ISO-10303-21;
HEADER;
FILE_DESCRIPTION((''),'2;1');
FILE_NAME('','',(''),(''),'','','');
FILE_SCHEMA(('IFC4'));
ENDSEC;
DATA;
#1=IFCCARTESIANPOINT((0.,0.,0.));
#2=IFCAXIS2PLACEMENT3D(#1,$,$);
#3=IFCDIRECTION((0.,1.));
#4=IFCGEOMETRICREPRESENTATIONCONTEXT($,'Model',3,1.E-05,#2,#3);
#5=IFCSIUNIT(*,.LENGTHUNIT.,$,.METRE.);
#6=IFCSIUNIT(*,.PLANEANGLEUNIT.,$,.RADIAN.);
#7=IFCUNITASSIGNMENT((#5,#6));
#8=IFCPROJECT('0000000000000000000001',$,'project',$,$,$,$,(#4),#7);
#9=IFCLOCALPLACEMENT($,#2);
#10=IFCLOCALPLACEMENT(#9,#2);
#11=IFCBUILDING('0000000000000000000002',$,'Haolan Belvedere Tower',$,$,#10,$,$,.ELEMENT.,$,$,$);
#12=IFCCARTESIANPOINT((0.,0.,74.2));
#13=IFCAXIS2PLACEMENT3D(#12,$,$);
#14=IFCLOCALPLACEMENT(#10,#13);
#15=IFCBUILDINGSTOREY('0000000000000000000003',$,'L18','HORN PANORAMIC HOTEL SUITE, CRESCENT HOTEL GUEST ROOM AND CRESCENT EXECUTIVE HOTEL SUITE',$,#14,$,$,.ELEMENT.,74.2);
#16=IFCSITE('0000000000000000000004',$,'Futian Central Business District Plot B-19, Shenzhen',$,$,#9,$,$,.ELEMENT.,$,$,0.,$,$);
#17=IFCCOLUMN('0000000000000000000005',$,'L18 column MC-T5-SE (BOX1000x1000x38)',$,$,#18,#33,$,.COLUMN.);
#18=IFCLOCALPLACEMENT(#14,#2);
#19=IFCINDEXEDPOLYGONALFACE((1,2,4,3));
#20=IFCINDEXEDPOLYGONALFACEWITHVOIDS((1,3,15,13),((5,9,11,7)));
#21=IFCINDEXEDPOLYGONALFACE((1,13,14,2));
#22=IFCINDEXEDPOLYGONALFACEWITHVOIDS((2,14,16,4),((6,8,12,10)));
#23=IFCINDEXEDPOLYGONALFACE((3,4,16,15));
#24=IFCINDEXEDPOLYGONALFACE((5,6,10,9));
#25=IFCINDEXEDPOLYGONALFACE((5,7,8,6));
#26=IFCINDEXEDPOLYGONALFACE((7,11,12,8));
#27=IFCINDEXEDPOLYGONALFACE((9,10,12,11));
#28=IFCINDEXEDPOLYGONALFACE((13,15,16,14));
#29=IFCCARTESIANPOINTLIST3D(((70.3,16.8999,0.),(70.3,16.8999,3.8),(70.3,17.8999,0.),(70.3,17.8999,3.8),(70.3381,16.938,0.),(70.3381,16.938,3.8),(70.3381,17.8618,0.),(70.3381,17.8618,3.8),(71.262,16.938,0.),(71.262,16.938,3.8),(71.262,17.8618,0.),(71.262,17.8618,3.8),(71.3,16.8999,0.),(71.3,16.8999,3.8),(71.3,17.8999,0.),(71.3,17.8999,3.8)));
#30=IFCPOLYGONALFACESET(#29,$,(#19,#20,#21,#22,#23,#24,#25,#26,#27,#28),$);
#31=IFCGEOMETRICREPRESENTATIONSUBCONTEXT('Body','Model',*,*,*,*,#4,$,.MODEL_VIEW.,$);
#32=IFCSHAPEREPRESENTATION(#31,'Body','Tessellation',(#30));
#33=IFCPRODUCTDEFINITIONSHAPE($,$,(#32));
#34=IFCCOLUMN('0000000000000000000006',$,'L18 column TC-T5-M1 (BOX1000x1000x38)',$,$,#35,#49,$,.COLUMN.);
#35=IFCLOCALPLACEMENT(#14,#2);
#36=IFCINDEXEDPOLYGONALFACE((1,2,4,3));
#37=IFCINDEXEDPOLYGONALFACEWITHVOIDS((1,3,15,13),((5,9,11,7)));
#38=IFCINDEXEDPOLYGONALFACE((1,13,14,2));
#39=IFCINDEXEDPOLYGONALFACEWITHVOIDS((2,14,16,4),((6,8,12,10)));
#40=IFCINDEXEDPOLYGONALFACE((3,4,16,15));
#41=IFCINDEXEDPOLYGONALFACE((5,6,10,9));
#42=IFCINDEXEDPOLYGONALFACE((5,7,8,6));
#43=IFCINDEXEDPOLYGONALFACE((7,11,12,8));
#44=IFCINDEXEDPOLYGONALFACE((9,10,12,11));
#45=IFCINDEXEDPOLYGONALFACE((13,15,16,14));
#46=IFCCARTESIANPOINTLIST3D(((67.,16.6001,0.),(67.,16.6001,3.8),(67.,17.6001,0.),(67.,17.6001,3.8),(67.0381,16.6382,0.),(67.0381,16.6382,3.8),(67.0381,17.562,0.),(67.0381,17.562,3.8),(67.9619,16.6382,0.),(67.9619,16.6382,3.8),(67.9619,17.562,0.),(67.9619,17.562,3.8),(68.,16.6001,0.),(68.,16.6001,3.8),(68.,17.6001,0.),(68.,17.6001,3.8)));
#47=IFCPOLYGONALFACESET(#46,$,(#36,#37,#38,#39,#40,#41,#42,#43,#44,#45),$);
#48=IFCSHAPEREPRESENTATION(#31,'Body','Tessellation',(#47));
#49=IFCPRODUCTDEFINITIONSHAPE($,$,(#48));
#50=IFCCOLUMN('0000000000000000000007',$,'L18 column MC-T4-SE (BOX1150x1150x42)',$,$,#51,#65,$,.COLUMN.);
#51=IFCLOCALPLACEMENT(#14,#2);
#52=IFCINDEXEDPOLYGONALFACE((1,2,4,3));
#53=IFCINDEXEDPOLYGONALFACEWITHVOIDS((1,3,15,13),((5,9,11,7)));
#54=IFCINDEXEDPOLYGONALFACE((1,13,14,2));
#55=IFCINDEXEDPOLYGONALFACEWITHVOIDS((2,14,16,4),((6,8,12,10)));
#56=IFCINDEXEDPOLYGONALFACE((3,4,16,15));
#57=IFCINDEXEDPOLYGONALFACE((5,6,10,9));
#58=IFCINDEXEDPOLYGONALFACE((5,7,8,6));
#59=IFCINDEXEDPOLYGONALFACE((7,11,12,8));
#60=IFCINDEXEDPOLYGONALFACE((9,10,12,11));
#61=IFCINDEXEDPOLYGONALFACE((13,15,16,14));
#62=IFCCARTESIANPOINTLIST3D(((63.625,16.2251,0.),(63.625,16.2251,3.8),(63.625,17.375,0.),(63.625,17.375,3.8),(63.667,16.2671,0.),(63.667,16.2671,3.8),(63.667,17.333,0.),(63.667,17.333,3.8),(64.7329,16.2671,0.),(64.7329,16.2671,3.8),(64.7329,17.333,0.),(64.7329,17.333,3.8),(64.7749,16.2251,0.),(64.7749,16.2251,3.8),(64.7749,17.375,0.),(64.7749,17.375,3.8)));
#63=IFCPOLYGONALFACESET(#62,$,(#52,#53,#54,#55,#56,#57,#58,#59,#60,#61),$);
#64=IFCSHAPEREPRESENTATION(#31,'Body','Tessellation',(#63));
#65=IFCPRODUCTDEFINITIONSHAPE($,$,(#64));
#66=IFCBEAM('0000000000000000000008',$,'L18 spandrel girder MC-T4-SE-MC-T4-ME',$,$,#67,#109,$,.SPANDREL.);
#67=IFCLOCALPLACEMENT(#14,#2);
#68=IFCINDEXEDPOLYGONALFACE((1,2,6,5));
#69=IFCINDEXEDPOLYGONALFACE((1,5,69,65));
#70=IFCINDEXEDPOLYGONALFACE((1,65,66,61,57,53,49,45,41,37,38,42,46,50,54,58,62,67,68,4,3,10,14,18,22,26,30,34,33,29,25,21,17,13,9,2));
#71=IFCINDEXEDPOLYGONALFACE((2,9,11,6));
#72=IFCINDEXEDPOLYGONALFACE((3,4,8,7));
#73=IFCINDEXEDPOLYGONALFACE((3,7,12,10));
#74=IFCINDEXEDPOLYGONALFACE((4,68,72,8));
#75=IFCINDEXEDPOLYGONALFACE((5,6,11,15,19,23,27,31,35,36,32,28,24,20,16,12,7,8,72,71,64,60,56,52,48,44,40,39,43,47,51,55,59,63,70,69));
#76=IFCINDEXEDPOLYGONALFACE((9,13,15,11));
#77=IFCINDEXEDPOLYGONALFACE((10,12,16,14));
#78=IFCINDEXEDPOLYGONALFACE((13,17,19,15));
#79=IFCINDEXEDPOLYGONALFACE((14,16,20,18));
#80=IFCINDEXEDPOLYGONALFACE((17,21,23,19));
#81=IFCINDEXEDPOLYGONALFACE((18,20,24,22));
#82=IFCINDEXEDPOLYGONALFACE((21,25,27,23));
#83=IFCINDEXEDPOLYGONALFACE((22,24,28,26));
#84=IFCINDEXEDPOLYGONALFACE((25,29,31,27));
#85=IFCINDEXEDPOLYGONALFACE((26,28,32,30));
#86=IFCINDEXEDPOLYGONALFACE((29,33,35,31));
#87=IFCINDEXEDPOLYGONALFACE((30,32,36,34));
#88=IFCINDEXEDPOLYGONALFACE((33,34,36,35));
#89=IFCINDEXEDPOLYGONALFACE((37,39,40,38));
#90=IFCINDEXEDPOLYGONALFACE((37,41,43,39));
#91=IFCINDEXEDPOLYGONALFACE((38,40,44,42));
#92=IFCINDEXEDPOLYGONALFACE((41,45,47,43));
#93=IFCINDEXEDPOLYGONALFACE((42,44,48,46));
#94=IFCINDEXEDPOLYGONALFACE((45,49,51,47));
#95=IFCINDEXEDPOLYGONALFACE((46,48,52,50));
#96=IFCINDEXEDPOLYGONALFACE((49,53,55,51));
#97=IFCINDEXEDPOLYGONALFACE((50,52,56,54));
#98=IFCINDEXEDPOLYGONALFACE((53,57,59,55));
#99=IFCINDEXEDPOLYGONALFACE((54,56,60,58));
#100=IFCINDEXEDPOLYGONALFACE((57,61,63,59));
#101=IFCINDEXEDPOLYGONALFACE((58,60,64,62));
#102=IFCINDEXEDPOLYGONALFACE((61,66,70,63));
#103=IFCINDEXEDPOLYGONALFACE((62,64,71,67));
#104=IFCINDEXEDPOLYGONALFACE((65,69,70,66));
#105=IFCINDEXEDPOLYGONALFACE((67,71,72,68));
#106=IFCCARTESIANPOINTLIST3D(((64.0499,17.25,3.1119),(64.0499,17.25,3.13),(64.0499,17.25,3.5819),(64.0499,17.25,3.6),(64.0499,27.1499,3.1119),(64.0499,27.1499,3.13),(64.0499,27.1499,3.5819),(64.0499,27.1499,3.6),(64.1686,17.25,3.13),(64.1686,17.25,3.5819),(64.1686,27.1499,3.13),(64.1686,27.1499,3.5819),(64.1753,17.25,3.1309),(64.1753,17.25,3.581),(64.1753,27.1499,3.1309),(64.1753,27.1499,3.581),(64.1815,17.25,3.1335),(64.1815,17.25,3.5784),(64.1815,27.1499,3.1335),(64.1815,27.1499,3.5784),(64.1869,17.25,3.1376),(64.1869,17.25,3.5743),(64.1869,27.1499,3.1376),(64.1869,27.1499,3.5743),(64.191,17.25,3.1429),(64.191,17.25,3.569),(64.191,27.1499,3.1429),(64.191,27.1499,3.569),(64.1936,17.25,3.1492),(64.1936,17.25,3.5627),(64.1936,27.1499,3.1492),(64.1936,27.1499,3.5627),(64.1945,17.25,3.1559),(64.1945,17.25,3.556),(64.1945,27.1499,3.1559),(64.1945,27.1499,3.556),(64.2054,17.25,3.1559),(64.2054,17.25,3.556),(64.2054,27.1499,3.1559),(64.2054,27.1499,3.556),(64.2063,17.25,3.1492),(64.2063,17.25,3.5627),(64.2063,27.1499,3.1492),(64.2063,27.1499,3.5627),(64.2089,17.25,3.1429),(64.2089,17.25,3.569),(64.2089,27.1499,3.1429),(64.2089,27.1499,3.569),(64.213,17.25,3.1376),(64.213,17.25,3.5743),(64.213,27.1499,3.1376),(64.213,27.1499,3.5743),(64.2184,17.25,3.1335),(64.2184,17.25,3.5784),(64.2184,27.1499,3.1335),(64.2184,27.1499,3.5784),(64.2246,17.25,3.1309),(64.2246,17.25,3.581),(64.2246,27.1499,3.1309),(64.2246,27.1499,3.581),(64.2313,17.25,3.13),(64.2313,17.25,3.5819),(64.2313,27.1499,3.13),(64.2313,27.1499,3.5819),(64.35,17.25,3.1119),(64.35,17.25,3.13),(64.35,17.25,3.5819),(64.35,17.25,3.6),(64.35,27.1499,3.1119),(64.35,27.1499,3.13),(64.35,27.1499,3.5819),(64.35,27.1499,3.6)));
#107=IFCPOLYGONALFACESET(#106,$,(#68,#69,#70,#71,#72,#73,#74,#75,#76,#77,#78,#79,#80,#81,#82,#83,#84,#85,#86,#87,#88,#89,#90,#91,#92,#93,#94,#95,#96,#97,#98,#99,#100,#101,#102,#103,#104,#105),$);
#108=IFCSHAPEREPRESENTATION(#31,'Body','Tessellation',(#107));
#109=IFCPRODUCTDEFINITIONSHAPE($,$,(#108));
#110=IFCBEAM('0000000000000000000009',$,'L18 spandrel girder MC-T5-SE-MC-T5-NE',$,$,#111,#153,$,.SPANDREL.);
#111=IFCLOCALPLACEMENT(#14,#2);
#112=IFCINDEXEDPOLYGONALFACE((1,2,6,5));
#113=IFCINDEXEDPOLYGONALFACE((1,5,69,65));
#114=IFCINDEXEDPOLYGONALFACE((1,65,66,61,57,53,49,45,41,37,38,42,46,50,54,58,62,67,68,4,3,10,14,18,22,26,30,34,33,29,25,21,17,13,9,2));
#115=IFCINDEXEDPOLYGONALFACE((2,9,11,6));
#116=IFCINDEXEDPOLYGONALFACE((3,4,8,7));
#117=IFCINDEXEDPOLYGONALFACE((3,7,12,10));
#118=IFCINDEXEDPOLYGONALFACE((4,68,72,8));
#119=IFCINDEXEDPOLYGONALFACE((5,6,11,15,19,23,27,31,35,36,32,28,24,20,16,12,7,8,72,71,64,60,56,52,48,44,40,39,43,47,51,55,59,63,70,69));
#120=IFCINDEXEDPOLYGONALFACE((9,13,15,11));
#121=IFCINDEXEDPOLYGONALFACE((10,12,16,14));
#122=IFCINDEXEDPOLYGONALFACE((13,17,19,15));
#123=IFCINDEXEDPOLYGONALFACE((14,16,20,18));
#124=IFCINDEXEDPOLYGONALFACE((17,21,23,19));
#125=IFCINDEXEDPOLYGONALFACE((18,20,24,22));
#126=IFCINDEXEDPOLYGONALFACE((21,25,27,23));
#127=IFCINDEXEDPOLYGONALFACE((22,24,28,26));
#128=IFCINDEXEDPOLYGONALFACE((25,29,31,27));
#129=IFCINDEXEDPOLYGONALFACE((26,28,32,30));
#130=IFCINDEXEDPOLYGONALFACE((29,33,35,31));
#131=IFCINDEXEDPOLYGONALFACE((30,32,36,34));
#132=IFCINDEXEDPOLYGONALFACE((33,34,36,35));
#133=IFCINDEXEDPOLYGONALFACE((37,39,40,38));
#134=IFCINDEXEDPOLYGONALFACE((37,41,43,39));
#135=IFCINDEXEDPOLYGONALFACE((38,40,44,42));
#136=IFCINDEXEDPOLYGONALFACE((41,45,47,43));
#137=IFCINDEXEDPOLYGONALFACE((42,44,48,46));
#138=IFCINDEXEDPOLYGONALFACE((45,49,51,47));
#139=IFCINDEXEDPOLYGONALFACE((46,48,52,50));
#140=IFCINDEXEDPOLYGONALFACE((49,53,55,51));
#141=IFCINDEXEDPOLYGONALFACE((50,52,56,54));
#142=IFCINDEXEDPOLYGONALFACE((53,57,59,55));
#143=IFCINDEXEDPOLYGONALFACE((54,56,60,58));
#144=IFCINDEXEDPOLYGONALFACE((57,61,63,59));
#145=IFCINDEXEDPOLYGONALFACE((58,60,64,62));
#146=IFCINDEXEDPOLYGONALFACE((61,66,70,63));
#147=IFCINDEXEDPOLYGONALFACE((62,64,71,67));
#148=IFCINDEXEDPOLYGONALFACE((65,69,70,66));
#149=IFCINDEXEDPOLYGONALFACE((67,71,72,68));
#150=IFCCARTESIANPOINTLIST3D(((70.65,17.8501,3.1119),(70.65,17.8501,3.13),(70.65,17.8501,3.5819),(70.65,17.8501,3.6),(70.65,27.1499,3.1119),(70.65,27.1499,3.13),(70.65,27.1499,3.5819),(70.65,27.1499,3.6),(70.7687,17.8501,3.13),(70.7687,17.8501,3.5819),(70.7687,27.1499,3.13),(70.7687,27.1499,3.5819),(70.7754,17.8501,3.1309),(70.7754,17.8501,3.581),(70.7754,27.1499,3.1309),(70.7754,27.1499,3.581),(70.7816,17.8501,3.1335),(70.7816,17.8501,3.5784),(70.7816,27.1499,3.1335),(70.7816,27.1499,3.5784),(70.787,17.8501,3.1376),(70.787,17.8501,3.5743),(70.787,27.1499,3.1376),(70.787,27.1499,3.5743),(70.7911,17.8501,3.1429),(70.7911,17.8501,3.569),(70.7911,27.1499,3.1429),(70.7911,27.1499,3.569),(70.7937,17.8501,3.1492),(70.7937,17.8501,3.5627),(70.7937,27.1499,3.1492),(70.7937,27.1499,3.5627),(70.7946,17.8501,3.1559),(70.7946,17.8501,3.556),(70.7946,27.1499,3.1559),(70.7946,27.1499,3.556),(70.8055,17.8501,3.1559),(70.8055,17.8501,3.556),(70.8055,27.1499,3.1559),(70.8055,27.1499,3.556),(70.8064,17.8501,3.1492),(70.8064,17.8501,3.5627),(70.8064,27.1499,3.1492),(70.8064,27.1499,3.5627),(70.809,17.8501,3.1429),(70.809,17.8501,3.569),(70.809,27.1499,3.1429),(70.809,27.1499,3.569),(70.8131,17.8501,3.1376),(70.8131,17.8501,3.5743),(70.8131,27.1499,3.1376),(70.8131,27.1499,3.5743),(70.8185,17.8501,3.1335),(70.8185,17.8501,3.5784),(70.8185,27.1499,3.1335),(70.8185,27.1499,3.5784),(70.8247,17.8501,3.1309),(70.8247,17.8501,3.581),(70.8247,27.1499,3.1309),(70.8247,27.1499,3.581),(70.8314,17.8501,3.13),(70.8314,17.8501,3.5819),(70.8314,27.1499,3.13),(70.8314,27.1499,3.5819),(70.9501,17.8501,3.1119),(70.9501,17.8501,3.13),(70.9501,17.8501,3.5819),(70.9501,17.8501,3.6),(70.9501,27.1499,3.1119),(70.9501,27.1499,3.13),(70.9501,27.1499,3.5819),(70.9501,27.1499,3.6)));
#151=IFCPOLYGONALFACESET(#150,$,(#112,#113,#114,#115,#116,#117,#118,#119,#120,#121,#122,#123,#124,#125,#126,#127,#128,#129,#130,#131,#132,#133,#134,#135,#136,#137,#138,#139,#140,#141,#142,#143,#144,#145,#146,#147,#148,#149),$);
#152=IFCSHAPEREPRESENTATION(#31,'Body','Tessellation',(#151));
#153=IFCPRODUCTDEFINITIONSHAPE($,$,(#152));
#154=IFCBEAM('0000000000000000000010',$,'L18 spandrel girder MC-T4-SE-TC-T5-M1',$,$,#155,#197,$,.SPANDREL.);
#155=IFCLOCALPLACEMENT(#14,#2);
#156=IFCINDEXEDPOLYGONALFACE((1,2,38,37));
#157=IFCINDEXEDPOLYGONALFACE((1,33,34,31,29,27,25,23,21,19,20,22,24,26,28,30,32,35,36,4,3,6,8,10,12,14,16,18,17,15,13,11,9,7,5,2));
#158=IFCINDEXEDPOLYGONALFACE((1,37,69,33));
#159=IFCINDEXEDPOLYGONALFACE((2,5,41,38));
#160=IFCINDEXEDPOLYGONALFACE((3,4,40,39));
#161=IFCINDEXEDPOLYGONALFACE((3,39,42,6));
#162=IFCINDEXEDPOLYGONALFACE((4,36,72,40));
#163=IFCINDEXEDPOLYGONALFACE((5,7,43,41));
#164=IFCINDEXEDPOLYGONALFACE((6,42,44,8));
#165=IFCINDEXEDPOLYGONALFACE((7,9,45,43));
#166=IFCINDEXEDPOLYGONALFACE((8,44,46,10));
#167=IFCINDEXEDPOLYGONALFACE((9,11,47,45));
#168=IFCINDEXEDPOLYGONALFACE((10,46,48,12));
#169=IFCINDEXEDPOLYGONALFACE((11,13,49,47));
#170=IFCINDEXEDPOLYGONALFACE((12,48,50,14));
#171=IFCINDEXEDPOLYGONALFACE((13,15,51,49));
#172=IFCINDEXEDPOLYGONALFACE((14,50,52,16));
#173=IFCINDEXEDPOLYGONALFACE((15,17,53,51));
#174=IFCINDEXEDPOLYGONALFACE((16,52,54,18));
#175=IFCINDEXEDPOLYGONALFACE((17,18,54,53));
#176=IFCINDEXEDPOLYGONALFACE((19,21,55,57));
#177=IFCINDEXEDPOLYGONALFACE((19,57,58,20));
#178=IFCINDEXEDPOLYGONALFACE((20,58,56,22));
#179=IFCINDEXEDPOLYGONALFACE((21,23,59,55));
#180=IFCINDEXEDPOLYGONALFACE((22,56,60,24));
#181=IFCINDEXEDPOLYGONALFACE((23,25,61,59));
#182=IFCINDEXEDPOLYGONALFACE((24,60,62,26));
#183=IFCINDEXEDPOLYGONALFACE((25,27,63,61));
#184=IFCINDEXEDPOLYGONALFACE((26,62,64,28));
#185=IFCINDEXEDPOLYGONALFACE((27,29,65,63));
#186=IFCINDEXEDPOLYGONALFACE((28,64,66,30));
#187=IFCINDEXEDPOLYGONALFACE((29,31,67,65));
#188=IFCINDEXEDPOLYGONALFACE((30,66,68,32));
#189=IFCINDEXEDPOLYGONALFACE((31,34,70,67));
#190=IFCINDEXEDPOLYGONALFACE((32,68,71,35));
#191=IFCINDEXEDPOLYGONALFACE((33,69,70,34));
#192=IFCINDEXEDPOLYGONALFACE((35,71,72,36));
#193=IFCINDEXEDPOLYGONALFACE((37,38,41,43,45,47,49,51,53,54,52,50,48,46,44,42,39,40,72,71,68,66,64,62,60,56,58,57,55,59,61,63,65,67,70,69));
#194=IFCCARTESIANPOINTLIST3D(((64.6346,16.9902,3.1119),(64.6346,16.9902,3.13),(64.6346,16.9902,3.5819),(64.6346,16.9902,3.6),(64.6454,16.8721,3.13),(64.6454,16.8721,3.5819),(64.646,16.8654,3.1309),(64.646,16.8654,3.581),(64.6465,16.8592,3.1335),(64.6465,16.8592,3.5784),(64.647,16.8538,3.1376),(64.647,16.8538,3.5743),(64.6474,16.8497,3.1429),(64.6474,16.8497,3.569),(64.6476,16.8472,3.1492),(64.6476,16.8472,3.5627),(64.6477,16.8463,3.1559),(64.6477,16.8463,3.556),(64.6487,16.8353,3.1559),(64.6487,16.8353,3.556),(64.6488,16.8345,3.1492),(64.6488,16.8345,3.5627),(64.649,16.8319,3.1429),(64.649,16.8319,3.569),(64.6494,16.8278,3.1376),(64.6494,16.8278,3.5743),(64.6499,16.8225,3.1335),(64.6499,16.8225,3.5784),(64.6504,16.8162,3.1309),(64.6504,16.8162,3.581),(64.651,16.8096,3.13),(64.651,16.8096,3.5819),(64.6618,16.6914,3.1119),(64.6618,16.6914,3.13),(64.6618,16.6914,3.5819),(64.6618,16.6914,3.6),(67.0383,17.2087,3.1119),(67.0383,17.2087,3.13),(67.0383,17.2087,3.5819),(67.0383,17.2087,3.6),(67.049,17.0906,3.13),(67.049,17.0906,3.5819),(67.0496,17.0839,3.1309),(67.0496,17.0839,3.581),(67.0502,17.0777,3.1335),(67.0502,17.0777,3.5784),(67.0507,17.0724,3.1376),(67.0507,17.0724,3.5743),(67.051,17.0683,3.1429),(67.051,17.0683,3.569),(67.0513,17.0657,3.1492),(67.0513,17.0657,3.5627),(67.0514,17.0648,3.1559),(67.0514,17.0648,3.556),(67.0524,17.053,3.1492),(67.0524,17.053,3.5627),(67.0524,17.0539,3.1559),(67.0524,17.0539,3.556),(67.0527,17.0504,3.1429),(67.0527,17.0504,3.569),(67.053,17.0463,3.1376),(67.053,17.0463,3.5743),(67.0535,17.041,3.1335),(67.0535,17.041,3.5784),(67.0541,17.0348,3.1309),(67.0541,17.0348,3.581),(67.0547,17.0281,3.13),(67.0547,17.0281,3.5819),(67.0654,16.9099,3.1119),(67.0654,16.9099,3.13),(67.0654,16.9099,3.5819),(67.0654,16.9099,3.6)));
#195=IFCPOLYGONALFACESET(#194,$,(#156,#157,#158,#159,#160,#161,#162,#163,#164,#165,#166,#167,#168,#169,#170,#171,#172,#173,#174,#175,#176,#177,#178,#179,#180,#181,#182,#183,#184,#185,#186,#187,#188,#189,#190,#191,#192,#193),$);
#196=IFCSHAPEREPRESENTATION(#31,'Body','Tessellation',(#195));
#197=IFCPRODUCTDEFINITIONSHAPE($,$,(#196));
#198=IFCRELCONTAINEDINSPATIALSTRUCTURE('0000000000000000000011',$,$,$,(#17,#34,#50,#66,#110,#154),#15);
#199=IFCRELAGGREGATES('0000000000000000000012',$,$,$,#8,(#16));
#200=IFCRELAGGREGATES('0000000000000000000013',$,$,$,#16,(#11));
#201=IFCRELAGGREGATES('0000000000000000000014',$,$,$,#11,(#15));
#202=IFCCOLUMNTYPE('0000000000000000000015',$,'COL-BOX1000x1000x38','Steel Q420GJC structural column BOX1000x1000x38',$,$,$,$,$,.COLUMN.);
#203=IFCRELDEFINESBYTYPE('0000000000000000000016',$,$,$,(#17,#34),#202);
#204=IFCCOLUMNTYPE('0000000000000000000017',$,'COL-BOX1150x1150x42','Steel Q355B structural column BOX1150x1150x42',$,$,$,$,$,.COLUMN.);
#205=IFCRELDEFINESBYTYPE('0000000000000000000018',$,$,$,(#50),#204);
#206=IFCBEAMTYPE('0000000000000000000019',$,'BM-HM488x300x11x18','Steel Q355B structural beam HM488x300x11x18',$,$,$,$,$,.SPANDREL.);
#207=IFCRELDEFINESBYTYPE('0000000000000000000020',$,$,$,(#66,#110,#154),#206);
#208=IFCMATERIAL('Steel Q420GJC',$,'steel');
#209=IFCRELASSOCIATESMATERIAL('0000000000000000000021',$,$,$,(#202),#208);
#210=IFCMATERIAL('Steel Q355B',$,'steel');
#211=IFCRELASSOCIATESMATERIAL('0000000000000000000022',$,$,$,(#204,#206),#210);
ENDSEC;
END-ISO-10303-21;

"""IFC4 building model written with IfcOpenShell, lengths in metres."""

from ifc_helpers import new_model, si_unit, direction, frame, origin, origin_2d, place, context, subcontext, project, spatial, hollow_rectangle, i_section, extrude, material, material_profile, profile_set, type_object, element, save


model = new_model("IFC4")

# Units and contexts
model_context = context("Model", 3, precision=1e-05, world=origin(), true_north=direction((0.0, 1.0)))
body_context = subcontext(model_context, "Body", "Model", "MODEL_VIEW")
ifc_project = project(units=[si_unit("LENGTHUNIT", "METRE"), si_unit("PLANEANGLEUNIT", "RADIAN")], contexts=[model_context])

# Site, building, storey
site_placement = place(None, origin())
site = spatial("IfcSite", under=ifc_project, at=site_placement, Name="Futian Central Business District Plot B-19, Shenzhen", CompositionType="ELEMENT", RefElevation=0.0)
building_placement = place(site_placement, origin())
building = spatial("IfcBuilding", under=site, at=building_placement, Name="Haolan Belvedere Tower", CompositionType="ELEMENT")
storey_placement = place(building_placement, frame((0.0, 0.0, 74.2)))
storey = spatial("IfcBuildingStorey", under=building, at=storey_placement, Name="L18", Description="HORN PANORAMIC HOTEL SUITE, CRESCENT HOTEL GUEST ROOM AND CRESCENT EXECUTIVE HOTEL SUITE", CompositionType="ELEMENT", Elevation=74.2)

# Columns
ifc_material_1 = material(Name="Steel Q420GJC", Category="steel")
ifc_material_profile_1 = material_profile(ifc_material_1, hollow_rectangle(XDim=1.0, YDim=1.0, WallThickness=0.0381, at=origin_2d()), Name="Steel Q420GJC")
ifc_profile_set_1 = profile_set([ifc_material_profile_1], Name="Steel Q420GJC")
column_type_1 = type_object("IfcColumnType", Name="COL-BOX1000x1000x38", Description="Steel Q420GJC structural column BOX1000x1000x38", PredefinedType="COLUMN", material=ifc_profile_set_1)
for number, where, z_axis, x_axis, name in (
    (1, (70.8, 17.3999, 0.0), (0.0, 0.0, 1.0), (1.0, 0.0, 0.0), "L18 column MC-T5-SE (BOX1000x1000x38)"),
    (2, (67.5, 17.1001, 0.0), (0.0, 0.0, 1.0), (1.0, 0.0, 0.0), "L18 column TC-T5-M1 (BOX1000x1000x38)"),
):
    element("IfcColumn", number, at=place(storey_placement, frame(where, z_axis=z_axis, x_axis=x_axis)), inside=storey, type_object=column_type_1, Name=name, PredefinedType="COLUMN", context=body_context, shape_type="SweptSolid", body=[
        extrude(hollow_rectangle(XDim=1.0, YDim=1.0, WallThickness=0.0381, at=origin_2d()), origin(), (0.0, 0.0, 1.0), 3.8),
    ])
ifc_material_2 = material(Name="Steel Q355B", Category="steel")
ifc_material_profile_2 = material_profile(ifc_material_2, hollow_rectangle(XDim=1.1499, YDim=1.1499, WallThickness=0.042, at=origin_2d()), Name="Steel Q355B")
ifc_profile_set_2 = profile_set([ifc_material_profile_2], Name="Steel Q355B")
column_type_2 = type_object("IfcColumnType", Name="COL-BOX1150x1150x42", Description="Steel Q355B structural column BOX1150x1150x42", PredefinedType="COLUMN", material=ifc_profile_set_2)
column_placement = place(storey_placement, frame((64.2, 16.8, 0.0), z_axis=(0.0, 0.0, 1.0), x_axis=(1.0, 0.0, 0.0)))
element("IfcColumn", 3, at=column_placement, inside=storey, type_object=column_type_2, Name="L18 column MC-T4-SE (BOX1150x1150x42)", PredefinedType="COLUMN", context=body_context, shape_type="SweptSolid", body=[
    extrude(hollow_rectangle(XDim=1.1499, YDim=1.1499, WallThickness=0.042, at=origin_2d()), origin(), (0.0, 0.0, 1.0), 3.8),
])

# Beams
ifc_material_profile_3 = material_profile(ifc_material_2, i_section(OverallWidth=0.3, OverallDepth=0.488, WebThickness=0.011, FlangeThickness=0.0181, FilletRadius=0.0259, at=origin_2d()), Name="Steel Q355B")
ifc_profile_set_3 = profile_set([ifc_material_profile_3], Name="Steel Q355B")
beam_type = type_object("IfcBeamType", Name="BM-HM488x300x11x18", Description="Steel Q355B structural beam HM488x300x11x18", PredefinedType="SPANDREL", material=ifc_profile_set_3)
beam_1_placement = place(storey_placement, frame((64.2, 17.25, 3.356), z_axis=(0.0, 1.0, 0.0), x_axis=(-1.0, 0.0, 0.0)))
element("IfcBeam", 4, at=beam_1_placement, inside=storey, type_object=beam_type, Name="L18 spandrel girder MC-T4-SE-MC-T4-ME", PredefinedType="SPANDREL", context=body_context, shape_type="SweptSolid", body=[
    extrude(i_section(OverallWidth=0.3, OverallDepth=0.488, WebThickness=0.011, FlangeThickness=0.0181, FilletRadius=0.0259, at=origin_2d()), origin(), (0.0, 0.0, 1.0), 9.8999),
])
beam_2_placement = place(storey_placement, frame((70.8, 17.8501, 3.356), z_axis=(0.0, 1.0, 0.0), x_axis=(-1.0, 0.0, 0.0)))
element("IfcBeam", 5, at=beam_2_placement, inside=storey, type_object=beam_type, Name="L18 spandrel girder MC-T5-SE-MC-T5-NE", PredefinedType="SPANDREL", context=body_context, shape_type="SweptSolid", body=[
    extrude(i_section(OverallWidth=0.3, OverallDepth=0.488, WebThickness=0.011, FlangeThickness=0.0181, FilletRadius=0.0259, at=origin_2d()), origin(), (0.0, 0.0, 1.0), 9.2998),
])
for number, where, z_axis, x_axis, name in (
    (6, (64.6482, 16.8408, 3.356), (0.995893, 0.090536, 0.0), (-0.090536, 0.995893, 0.0), "L18 spandrel girder MC-T4-SE-TC-T5-M1"),
):
    element("IfcBeam", number, at=place(storey_placement, frame(where, z_axis=z_axis, x_axis=x_axis)), inside=storey, type_object=beam_type, Name=name, PredefinedType="SPANDREL", context=body_context, shape_type="SweptSolid", body=[
        extrude(i_section(OverallWidth=0.3, OverallDepth=0.488, WebThickness=0.011, FlangeThickness=0.0181, FilletRadius=0.0259, at=origin_2d()), origin(), (0.0, 0.0, 1.0), 2.4136),
    ])

save(model, "model.ifc")
